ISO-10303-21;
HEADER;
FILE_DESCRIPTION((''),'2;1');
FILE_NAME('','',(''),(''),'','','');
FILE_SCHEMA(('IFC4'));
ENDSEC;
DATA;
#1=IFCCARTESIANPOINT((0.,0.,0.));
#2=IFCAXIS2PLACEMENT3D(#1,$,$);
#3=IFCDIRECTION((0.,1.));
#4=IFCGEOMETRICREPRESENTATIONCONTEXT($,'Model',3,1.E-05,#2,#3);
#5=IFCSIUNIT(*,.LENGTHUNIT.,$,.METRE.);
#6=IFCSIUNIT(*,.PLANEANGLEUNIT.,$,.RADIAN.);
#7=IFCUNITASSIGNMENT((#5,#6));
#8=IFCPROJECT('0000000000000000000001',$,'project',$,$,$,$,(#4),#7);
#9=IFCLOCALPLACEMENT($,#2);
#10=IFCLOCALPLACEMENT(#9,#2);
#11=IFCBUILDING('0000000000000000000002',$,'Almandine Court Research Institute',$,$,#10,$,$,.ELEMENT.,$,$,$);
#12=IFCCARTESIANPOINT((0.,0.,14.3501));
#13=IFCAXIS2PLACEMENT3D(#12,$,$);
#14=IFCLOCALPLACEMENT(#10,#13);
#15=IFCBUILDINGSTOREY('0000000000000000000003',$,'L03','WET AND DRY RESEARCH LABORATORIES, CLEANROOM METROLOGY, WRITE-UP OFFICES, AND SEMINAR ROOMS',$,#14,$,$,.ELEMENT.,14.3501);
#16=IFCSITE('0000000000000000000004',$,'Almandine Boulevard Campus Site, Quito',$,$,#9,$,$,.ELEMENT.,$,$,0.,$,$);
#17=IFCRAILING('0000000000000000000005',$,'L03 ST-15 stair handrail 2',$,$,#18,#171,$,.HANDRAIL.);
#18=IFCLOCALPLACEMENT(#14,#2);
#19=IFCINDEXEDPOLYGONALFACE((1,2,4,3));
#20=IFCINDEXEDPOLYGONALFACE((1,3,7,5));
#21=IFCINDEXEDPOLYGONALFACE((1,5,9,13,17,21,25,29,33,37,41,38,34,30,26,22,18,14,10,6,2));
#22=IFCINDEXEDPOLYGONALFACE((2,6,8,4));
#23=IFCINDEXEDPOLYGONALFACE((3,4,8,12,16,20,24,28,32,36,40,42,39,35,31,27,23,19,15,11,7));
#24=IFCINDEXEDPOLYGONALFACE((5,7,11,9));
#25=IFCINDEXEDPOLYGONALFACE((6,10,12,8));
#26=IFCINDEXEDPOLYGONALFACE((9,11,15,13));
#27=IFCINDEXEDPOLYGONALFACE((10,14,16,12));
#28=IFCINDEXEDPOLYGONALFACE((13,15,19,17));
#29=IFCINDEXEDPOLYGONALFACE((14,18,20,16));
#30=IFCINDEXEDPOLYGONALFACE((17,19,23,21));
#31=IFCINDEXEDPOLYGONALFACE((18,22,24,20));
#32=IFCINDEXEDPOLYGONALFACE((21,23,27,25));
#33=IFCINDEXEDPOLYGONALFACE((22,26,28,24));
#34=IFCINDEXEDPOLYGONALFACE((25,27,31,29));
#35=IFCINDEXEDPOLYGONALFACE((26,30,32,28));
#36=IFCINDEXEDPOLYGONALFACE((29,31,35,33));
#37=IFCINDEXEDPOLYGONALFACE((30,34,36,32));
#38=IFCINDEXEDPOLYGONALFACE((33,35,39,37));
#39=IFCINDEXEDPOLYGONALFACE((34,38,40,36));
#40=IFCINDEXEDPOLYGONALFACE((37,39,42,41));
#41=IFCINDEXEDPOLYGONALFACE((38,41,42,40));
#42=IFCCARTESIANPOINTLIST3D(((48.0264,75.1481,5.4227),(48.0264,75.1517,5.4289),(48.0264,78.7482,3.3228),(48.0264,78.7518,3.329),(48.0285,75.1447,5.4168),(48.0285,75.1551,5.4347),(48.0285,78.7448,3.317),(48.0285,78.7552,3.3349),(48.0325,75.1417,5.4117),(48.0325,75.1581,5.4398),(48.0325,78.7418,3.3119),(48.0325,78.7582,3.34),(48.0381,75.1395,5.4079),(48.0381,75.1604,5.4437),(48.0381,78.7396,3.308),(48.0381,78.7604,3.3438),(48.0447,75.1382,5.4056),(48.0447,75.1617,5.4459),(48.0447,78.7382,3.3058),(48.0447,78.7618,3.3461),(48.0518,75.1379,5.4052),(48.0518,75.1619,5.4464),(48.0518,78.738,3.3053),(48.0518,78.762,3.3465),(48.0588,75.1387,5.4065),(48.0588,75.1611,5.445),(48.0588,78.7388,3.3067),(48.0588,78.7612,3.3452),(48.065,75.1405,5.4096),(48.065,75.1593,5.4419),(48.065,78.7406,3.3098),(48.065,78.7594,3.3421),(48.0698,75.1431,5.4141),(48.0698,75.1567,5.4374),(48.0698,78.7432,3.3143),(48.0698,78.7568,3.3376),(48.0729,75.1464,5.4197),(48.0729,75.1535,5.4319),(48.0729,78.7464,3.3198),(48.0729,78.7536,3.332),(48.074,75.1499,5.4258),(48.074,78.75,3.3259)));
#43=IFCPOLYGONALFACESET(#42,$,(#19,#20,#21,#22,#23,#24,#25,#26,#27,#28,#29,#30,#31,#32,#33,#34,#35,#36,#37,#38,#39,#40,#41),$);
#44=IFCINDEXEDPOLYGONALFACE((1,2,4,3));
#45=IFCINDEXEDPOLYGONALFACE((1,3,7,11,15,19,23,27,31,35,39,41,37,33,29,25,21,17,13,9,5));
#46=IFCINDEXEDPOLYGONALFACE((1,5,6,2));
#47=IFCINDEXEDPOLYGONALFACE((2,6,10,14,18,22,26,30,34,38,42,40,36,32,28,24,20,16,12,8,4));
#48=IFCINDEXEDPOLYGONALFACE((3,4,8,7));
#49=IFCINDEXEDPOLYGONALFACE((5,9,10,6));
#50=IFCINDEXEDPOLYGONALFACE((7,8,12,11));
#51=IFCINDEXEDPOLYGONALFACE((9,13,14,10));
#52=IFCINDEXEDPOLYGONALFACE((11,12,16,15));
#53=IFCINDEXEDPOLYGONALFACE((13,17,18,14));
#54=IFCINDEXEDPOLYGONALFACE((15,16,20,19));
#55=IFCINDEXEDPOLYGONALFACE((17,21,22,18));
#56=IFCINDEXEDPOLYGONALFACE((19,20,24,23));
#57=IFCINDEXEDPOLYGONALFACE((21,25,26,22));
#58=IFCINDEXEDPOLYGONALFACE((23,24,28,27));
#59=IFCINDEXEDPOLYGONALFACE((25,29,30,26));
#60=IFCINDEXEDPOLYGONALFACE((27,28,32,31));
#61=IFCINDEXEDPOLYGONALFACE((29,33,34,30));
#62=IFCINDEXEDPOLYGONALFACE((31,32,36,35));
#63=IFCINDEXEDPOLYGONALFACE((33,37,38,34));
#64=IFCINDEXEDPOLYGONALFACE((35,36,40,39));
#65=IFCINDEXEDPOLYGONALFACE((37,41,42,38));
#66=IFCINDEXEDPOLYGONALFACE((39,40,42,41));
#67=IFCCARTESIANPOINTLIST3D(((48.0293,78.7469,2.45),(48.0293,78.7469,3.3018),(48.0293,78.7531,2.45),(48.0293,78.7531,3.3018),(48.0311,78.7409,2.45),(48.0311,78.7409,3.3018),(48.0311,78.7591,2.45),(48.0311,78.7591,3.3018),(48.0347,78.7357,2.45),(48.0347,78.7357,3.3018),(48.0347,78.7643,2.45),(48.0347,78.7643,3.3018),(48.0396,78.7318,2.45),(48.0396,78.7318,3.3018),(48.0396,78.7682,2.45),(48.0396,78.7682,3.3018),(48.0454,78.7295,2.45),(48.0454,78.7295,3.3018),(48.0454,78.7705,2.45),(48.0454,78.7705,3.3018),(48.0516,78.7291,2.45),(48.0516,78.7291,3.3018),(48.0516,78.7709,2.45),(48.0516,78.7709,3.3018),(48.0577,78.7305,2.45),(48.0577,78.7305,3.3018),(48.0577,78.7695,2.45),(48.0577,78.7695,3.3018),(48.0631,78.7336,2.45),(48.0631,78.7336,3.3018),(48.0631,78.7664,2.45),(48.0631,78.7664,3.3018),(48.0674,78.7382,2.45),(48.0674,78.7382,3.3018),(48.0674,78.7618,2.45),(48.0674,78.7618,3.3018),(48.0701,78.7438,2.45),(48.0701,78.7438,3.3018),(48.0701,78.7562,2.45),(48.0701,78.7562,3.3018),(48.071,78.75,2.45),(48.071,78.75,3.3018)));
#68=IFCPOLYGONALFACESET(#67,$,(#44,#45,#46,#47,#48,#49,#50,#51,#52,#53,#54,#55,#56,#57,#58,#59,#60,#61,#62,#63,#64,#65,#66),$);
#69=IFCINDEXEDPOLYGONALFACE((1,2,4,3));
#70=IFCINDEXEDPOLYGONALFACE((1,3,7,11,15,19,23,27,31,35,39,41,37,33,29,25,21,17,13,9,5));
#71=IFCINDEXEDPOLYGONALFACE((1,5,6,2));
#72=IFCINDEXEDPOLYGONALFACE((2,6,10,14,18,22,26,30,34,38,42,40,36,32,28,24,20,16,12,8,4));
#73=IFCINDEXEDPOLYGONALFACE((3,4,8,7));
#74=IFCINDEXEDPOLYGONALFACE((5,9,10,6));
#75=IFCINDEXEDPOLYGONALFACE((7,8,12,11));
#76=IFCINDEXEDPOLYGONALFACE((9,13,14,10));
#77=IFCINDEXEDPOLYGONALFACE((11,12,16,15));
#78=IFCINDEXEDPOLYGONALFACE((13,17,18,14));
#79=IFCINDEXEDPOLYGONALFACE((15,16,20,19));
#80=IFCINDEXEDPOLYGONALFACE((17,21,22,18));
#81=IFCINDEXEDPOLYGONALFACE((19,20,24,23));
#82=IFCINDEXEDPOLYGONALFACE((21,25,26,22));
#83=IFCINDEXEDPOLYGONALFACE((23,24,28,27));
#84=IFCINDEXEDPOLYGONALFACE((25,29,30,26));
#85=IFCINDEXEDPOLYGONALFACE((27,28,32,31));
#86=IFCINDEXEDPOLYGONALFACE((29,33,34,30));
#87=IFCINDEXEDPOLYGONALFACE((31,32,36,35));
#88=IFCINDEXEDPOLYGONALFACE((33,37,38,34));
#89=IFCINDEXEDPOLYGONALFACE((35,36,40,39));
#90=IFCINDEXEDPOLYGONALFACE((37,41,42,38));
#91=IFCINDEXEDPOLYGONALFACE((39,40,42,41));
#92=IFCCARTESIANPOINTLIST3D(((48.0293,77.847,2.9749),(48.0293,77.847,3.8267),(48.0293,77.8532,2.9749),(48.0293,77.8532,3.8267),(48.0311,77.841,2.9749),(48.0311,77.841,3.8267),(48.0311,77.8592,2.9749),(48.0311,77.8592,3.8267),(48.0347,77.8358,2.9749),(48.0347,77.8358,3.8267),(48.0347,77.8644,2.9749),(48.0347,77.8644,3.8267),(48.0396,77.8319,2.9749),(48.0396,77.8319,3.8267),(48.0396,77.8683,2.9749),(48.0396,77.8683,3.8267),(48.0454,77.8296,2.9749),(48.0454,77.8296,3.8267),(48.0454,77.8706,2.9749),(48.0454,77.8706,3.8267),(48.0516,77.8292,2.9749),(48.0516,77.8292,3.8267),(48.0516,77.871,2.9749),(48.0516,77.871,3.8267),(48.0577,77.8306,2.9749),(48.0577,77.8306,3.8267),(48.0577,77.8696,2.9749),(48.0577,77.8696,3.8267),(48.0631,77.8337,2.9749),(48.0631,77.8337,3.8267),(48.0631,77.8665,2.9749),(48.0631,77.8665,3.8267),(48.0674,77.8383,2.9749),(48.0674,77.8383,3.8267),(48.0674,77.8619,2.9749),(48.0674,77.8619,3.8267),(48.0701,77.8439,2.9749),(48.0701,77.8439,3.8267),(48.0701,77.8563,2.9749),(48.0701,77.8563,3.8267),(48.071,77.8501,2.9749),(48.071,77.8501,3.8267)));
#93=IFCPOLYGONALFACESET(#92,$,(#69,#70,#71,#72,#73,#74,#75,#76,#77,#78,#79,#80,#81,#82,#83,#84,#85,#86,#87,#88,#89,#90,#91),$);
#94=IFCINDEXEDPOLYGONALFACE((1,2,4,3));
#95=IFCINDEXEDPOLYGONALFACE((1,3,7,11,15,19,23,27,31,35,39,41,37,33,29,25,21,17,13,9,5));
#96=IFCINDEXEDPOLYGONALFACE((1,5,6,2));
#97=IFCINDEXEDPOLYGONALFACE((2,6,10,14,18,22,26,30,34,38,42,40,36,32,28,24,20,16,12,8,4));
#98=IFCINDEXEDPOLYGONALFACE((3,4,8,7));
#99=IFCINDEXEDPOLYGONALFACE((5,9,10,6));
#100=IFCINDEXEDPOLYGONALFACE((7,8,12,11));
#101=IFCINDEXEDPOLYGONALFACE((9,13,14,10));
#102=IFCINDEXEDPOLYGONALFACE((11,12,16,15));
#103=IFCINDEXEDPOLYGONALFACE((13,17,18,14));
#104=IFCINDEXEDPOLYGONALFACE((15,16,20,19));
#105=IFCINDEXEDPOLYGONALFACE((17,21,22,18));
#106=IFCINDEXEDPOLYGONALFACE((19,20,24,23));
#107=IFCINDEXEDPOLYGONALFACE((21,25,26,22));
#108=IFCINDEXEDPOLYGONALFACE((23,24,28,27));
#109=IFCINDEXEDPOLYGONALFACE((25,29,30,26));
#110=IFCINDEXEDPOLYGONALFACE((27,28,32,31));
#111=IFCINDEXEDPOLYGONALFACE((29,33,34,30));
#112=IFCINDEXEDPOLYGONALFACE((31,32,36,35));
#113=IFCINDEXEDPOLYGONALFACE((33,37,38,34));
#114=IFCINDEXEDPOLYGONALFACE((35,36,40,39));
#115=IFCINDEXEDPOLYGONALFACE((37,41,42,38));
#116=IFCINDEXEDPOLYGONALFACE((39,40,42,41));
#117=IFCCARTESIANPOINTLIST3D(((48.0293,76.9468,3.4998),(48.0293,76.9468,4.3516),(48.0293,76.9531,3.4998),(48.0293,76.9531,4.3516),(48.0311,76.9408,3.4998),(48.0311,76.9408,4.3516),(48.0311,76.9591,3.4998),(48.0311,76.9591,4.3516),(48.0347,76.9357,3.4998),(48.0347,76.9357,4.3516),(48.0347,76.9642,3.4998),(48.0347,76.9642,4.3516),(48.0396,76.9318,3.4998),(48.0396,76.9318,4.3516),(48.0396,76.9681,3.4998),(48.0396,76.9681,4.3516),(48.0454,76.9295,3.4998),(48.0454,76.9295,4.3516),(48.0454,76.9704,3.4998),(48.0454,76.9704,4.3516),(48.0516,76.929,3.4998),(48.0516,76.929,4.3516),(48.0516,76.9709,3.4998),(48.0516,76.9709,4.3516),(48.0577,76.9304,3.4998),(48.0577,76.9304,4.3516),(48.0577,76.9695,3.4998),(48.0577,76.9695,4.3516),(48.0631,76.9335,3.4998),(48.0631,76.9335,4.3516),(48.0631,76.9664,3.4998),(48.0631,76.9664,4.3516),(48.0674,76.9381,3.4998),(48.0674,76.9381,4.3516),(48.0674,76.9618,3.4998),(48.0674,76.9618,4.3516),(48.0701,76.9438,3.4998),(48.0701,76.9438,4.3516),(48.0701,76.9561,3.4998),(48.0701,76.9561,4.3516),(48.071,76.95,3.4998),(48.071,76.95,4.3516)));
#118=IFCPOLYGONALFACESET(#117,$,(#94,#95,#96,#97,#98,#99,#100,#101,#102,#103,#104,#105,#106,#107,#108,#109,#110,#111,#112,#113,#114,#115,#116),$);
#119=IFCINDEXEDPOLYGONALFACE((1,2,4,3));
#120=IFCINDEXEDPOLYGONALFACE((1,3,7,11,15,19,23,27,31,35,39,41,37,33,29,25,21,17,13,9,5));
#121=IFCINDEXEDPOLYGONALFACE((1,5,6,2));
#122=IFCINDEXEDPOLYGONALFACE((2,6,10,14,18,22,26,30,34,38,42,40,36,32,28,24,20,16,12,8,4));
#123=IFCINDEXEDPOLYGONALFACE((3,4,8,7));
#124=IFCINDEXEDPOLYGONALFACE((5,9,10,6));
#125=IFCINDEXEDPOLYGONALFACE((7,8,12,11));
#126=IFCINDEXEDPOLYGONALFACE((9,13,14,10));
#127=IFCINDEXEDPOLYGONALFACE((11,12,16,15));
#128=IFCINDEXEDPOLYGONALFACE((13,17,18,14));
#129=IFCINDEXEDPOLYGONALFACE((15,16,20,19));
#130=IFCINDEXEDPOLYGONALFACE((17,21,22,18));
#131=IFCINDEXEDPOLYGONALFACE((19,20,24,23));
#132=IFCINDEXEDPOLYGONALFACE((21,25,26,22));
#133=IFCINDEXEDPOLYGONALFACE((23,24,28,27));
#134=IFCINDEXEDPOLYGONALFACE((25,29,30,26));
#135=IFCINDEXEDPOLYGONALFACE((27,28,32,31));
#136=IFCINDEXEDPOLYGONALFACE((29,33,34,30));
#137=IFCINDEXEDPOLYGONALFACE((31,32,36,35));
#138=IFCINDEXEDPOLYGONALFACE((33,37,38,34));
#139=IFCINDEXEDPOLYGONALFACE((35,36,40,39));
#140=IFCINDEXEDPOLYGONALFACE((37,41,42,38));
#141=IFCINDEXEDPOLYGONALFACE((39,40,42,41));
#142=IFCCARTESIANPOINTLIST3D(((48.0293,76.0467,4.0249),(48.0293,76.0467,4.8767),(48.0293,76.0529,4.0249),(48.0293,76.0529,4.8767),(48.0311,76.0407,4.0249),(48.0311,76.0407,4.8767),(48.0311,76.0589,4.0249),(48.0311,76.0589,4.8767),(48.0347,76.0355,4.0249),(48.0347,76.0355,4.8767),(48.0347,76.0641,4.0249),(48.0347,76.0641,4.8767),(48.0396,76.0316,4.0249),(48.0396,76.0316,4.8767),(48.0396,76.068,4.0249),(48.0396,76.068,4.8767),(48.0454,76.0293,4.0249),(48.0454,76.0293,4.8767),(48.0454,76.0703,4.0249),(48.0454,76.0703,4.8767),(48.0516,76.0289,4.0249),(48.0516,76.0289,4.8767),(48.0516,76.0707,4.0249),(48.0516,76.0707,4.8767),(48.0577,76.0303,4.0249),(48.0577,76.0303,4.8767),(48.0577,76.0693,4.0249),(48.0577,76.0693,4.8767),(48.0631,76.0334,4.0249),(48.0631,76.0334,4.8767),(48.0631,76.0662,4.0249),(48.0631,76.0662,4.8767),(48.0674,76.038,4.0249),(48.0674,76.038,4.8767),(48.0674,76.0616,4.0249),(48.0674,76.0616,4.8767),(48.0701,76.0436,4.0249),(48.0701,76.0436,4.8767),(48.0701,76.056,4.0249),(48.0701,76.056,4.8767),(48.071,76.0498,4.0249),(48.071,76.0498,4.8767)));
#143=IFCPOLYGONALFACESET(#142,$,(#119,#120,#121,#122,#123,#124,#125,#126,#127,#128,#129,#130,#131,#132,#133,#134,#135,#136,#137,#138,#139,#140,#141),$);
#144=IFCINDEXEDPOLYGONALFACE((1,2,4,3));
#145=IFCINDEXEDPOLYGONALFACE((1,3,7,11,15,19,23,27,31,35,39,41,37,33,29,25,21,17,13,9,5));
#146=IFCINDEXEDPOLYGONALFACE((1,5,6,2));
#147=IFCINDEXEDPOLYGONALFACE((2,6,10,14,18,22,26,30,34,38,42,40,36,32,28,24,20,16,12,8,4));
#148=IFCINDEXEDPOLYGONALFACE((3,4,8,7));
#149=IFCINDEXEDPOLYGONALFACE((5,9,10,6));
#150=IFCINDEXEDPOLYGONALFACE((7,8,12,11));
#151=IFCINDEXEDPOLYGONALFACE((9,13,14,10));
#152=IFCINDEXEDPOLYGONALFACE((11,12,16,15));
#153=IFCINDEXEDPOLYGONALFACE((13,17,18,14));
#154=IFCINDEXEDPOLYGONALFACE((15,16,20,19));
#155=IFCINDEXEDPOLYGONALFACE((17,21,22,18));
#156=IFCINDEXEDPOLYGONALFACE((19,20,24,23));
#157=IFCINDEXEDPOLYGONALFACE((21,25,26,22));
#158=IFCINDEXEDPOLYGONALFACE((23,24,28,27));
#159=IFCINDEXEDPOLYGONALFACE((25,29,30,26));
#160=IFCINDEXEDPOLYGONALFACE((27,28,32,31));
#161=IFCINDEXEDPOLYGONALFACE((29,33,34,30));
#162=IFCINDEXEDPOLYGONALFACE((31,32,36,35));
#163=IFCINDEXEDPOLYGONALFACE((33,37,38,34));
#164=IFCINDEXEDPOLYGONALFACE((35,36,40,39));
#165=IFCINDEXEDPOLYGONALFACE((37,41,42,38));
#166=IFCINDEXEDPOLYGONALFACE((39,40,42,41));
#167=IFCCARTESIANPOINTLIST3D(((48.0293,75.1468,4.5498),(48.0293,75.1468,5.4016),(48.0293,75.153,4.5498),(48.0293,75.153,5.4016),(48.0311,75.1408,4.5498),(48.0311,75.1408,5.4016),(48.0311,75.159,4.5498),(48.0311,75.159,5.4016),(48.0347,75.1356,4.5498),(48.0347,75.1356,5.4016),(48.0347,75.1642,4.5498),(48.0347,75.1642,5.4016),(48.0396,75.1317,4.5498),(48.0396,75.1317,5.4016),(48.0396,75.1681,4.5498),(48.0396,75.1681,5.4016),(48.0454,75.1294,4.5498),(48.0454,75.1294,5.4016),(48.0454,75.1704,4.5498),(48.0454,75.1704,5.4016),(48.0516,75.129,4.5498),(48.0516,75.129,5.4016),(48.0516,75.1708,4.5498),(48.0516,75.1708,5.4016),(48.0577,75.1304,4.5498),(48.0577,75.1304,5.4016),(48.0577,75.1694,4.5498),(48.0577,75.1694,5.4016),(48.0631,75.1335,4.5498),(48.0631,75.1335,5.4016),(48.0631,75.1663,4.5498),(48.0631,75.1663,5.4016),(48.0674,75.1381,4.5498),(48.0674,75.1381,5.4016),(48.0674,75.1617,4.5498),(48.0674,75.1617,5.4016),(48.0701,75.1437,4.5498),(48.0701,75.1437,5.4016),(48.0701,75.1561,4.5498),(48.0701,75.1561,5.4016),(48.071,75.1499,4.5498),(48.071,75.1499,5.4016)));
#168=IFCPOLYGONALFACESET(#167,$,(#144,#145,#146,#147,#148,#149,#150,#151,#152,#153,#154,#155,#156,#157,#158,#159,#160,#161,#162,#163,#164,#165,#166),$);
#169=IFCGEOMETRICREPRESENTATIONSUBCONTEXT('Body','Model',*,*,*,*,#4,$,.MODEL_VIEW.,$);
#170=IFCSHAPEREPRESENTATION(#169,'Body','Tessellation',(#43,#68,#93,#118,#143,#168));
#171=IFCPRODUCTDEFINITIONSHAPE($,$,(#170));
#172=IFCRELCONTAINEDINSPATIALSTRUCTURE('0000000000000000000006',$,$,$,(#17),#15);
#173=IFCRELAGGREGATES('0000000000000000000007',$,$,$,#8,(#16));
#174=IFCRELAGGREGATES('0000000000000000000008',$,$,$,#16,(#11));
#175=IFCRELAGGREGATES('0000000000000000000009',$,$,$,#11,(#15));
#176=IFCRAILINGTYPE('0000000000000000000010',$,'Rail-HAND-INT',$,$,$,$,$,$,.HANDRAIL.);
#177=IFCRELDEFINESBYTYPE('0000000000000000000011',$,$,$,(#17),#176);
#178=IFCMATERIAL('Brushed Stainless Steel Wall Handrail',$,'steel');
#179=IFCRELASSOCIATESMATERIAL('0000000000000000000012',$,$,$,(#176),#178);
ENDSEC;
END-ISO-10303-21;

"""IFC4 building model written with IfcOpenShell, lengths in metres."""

from ifc_helpers import new_model, si_unit, direction, frame, origin, origin_2d, place, context, subcontext, project, spatial, circle, extrude, material, type_object, element, save


model = new_model("IFC4")

# Units and contexts
model_context = context("Model", 3, precision=1e-05, world=origin(), true_north=direction((0.0, 1.0)))
body_context = subcontext(model_context, "Body", "Model", "MODEL_VIEW")
ifc_project = project(units=[si_unit("LENGTHUNIT", "METRE"), si_unit("PLANEANGLEUNIT", "RADIAN")], contexts=[model_context])

# Site, building, storey
site_placement = place(None, origin())
site = spatial("IfcSite", under=ifc_project, at=site_placement, Name="Almandine Boulevard Campus Site, Quito", CompositionType="ELEMENT", RefElevation=0.0)
building_placement = place(site_placement, origin())
building = spatial("IfcBuilding", under=site, at=building_placement, Name="Almandine Court Research Institute", CompositionType="ELEMENT")
storey_placement = place(building_placement, frame((0.0, 0.0, 14.3501)))
storey = spatial("IfcBuildingStorey", under=building, at=storey_placement, Name="L03", Description="WET AND DRY RESEARCH LABORATORIES, CLEANROOM METROLOGY, WRITE-UP OFFICES, AND SEMINAR ROOMS", CompositionType="ELEMENT", Elevation=14.3501)

# Railing
ifc_material_1 = material(Name="Brushed Stainless Steel Wall Handrail", Category="steel")
railing_type_1 = type_object("IfcRailingType", Name="Rail-HAND-INT", PredefinedType="HANDRAIL", material=ifc_material_1)
railing_1_placement = place(storey_placement, frame((48.05, 78.75, 2.45)))
element("IfcRailing", 1, at=railing_1_placement, inside=storey, type_object=railing_type_1, Name="L03 ST-15 stair handrail 2", PredefinedType="HANDRAIL", context=body_context, shape_type="SweptSolid", body=[
    extrude(circle(Radius=0.0239, at=origin_2d()), frame((0.0, 0.0, 0.876), z_axis=(0.0, -0.8638, 0.503835), x_axis=(1.0, 0.0, 0.0)), (0.0, 0.0, 1.0), 4.1677),
    extrude(circle(Radius=0.021, at=origin_2d()), origin(), (0.0, 0.0, 1.0), 0.8518),
    extrude(circle(Radius=0.021, at=origin_2d()), frame((0.0, -0.8999, 0.5249)), (0.0, 0.0, 1.0), 0.8518),
    extrude(circle(Radius=0.021, at=origin_2d()), frame((0.0, -1.8, 1.0498)), (0.0, 0.0, 1.0), 0.8518),
    extrude(circle(Radius=0.021, at=origin_2d()), frame((0.0, -2.7002, 1.575)), (0.0, 0.0, 1.0), 0.8518),
    extrude(circle(Radius=0.021, at=origin_2d()), frame((0.0, -3.6001, 2.0999)), (0.0, 0.0, 1.0), 0.8518),
])

save(model, "model.ifc")
